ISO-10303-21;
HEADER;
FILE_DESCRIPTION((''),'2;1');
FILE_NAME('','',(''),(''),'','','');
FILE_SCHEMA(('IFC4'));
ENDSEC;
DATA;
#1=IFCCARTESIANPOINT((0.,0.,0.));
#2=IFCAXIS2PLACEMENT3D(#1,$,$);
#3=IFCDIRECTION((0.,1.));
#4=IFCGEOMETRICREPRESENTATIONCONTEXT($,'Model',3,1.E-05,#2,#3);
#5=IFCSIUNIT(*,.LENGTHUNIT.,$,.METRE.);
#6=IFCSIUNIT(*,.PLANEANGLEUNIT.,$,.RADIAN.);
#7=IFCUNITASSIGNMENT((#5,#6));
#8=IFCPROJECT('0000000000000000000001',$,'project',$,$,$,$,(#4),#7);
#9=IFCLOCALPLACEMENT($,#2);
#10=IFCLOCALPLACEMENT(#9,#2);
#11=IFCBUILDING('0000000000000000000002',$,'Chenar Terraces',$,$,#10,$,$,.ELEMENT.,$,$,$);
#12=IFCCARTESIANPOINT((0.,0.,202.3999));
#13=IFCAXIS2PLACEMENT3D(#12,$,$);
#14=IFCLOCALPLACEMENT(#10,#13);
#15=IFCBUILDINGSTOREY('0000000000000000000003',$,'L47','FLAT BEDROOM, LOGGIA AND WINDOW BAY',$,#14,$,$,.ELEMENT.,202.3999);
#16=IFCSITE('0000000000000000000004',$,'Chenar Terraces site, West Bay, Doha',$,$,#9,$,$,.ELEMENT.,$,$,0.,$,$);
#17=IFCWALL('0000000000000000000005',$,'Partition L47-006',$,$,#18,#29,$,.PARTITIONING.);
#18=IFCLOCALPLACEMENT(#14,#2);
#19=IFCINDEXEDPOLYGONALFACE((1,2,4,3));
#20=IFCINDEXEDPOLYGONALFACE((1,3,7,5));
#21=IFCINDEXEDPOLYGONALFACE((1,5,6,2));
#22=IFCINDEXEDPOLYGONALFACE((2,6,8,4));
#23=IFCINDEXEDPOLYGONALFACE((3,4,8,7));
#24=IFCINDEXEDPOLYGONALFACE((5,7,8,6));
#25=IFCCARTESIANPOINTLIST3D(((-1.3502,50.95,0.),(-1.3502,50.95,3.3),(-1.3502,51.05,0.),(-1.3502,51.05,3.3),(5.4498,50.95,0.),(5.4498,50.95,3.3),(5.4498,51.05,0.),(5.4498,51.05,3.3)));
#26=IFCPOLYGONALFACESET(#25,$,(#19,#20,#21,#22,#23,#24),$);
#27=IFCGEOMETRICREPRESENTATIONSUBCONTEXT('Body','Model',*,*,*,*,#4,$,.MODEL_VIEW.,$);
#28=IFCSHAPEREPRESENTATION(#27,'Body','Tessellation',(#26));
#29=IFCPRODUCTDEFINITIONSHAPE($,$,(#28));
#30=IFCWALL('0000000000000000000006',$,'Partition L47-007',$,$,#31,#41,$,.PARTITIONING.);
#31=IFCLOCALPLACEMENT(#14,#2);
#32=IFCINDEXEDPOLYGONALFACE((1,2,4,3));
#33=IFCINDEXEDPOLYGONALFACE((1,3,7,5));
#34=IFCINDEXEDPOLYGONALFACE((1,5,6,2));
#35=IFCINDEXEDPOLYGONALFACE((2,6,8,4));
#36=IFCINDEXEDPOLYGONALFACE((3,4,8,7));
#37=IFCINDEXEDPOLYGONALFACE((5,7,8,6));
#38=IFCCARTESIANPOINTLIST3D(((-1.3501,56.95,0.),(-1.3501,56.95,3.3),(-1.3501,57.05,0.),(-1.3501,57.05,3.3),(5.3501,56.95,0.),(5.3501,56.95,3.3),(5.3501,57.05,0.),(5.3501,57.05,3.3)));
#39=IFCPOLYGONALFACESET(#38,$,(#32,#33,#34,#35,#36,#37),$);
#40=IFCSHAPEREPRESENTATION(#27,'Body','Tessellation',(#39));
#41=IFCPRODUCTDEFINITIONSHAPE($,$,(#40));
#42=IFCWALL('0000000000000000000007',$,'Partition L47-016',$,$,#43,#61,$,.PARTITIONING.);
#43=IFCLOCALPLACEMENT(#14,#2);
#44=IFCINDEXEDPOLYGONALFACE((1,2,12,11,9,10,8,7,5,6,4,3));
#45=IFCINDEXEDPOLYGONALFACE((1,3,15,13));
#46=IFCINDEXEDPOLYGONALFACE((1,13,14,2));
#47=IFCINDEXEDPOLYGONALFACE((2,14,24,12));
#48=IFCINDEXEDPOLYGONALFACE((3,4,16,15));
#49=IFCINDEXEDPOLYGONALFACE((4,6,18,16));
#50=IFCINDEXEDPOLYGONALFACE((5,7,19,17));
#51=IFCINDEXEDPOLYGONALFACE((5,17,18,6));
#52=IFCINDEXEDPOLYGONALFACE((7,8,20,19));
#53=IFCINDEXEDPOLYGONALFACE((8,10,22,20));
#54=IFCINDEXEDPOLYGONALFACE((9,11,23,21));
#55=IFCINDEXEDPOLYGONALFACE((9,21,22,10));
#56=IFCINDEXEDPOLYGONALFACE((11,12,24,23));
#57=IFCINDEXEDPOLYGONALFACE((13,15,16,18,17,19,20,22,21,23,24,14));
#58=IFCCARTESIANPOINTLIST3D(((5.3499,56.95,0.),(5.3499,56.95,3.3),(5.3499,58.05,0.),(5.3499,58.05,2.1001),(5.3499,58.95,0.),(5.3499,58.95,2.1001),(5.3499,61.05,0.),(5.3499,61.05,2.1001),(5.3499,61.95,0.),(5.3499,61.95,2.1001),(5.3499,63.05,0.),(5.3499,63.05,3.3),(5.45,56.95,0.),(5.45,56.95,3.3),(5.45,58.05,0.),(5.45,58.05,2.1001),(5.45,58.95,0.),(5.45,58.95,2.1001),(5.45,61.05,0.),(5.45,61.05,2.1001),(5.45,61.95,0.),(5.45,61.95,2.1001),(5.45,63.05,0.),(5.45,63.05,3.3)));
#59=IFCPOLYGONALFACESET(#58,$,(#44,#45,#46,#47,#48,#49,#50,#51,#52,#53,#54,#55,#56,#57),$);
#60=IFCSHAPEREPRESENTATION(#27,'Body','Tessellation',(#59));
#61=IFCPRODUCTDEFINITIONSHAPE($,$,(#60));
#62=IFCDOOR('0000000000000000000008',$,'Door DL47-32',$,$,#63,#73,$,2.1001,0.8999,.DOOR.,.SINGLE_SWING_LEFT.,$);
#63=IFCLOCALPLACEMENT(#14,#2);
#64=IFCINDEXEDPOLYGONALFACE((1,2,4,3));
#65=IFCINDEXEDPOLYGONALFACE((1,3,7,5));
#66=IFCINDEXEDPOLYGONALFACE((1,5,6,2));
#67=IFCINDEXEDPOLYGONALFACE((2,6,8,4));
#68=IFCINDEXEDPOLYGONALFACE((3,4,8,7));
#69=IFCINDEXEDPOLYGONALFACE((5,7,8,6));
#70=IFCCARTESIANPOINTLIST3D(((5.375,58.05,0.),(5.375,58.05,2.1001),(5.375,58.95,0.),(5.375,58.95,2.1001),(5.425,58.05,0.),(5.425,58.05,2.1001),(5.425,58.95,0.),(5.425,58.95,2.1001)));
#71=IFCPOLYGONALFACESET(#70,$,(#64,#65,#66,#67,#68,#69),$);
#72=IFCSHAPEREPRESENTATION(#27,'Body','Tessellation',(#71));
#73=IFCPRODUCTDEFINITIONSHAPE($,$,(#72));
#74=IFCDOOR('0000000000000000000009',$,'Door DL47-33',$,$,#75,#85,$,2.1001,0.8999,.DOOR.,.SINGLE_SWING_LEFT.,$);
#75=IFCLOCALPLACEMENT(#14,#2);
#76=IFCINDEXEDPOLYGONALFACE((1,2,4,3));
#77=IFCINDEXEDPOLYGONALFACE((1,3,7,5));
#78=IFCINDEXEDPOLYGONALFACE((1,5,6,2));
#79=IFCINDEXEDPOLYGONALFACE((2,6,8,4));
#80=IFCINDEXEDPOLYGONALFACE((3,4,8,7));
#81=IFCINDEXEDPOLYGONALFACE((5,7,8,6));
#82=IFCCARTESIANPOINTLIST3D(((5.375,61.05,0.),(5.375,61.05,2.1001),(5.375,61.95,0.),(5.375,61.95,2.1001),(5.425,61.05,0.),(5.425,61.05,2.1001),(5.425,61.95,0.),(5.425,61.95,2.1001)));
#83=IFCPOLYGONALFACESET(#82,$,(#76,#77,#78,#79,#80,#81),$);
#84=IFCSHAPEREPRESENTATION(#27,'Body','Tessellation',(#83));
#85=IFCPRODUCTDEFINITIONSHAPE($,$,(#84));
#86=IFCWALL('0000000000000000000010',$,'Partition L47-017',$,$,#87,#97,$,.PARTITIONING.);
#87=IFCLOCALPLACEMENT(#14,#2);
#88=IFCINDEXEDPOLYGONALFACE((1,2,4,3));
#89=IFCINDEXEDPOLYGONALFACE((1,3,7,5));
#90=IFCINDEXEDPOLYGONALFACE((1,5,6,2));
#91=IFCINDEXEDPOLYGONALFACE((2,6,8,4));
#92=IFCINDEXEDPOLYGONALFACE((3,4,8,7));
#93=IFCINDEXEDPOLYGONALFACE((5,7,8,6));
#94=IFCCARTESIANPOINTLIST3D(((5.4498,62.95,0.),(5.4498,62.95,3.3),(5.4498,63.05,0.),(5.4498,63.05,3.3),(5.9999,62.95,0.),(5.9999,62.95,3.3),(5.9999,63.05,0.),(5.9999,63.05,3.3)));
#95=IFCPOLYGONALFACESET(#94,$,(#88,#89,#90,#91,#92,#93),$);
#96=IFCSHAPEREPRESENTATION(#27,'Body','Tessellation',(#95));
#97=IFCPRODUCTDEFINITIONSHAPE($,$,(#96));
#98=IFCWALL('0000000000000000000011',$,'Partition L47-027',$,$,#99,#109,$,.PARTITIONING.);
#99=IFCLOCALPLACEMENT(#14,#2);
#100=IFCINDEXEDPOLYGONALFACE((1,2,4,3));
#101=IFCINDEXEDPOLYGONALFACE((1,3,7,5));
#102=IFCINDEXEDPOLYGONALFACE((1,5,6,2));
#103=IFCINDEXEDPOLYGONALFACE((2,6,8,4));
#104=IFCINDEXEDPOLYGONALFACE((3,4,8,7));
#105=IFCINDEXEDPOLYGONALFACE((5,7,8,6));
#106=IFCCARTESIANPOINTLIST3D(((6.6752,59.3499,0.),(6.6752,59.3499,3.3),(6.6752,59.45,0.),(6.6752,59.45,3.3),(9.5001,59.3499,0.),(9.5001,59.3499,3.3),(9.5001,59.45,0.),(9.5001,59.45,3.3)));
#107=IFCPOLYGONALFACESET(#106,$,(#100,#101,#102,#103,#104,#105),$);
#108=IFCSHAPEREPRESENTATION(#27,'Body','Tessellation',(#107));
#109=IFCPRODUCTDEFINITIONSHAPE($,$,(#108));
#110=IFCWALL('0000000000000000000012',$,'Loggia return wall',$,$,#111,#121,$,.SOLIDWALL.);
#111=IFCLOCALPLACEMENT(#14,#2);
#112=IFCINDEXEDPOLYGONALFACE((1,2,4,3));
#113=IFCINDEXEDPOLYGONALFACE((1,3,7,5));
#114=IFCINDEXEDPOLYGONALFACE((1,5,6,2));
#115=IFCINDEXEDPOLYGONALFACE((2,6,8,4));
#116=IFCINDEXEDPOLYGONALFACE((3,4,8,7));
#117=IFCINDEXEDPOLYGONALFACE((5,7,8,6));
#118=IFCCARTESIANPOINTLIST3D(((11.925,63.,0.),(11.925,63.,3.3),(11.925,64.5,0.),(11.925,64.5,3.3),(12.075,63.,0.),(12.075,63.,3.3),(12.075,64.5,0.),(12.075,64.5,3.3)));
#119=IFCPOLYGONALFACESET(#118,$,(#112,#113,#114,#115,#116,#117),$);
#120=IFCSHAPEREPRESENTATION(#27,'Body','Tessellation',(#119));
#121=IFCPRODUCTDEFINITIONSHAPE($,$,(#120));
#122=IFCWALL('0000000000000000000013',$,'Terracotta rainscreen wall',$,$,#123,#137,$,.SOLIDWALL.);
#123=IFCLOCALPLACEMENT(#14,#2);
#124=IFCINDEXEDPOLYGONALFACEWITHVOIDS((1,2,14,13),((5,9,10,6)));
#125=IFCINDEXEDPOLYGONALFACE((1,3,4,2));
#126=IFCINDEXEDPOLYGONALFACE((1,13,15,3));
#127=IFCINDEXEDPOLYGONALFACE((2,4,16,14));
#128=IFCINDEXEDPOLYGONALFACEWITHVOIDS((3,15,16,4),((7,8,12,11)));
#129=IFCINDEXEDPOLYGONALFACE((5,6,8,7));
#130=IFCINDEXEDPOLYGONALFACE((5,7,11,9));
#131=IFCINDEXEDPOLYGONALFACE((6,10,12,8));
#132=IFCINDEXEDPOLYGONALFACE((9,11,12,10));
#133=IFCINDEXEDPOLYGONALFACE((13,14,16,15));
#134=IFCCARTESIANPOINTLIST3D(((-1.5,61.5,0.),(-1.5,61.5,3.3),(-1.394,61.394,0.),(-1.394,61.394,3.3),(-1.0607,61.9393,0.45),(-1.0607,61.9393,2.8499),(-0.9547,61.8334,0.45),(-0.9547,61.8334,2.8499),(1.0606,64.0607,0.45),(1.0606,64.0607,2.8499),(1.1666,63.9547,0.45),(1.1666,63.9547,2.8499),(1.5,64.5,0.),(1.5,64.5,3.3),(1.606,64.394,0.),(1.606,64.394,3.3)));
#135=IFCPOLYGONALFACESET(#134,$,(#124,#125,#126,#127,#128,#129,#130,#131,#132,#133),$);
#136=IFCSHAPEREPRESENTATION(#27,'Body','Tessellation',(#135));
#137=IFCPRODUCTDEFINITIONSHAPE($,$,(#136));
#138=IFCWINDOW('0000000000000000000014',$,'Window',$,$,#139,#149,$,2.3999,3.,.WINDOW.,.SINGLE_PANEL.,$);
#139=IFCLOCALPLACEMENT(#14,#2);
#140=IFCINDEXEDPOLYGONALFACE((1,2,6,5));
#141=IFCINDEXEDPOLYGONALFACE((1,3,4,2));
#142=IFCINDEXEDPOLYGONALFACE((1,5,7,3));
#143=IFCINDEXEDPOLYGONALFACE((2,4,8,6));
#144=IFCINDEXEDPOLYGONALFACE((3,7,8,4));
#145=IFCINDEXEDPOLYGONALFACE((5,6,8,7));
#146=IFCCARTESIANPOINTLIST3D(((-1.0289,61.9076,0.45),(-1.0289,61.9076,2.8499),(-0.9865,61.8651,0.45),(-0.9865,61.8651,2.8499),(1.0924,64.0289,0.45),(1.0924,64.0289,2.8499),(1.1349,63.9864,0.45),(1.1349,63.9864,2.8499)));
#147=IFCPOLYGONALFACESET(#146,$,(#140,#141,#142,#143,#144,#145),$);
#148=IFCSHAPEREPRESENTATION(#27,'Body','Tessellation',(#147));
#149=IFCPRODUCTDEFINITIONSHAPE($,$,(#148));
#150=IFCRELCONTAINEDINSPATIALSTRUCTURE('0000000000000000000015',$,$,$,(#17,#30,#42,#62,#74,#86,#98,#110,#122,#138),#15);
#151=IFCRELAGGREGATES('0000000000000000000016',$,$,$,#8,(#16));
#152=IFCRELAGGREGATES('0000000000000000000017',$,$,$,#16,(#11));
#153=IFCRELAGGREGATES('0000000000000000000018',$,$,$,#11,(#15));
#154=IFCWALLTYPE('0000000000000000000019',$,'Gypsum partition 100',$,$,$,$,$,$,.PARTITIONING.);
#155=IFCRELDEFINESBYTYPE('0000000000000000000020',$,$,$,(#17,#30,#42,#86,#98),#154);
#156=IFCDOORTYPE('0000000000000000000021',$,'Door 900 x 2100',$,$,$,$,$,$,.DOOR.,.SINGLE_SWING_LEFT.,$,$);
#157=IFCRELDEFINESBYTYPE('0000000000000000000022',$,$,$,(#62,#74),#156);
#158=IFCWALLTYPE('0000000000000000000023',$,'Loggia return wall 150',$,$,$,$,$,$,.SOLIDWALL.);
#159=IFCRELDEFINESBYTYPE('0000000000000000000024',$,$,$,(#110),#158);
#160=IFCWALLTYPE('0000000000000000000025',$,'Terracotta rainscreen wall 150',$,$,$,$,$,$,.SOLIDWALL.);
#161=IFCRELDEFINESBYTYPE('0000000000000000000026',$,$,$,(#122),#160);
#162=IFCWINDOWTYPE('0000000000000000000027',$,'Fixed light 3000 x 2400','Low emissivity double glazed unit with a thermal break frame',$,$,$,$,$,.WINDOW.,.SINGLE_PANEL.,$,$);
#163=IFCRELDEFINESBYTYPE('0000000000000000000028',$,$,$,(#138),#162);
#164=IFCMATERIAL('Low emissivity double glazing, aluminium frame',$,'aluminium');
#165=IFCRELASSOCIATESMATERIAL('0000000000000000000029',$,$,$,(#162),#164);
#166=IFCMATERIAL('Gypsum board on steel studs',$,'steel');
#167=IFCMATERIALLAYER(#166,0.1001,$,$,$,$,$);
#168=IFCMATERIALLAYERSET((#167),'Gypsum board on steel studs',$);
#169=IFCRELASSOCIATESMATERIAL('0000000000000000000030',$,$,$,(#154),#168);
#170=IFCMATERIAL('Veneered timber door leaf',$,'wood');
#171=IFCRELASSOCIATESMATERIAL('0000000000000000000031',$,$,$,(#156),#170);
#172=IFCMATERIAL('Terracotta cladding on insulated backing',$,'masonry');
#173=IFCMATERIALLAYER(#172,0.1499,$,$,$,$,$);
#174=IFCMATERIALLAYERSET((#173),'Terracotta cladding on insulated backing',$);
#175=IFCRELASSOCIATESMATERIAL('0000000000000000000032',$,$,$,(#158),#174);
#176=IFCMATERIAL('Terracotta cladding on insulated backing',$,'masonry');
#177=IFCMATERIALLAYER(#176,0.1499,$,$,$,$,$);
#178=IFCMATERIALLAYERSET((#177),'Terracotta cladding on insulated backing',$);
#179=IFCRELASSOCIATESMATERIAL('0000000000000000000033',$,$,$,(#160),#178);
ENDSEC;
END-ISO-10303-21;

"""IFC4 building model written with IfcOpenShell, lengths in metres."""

from ifc_helpers import new_model, si_unit, direction, frame, frame_2d, origin, place, context, subcontext, project, spatial, rectangle, extrude, material, layer, layer_set, type_object, element, fill, save


model = new_model("IFC4")

# Units and contexts
model_context = context("Model", 3, precision=1e-05, world=origin(), true_north=direction((0.0, 1.0)))
body_context = subcontext(model_context, "Body", "Model", "MODEL_VIEW")
ifc_project = project(units=[si_unit("LENGTHUNIT", "METRE"), si_unit("PLANEANGLEUNIT", "RADIAN")], contexts=[model_context])

# Site, building, storey
site_placement = place(None, origin())
site = spatial("IfcSite", under=ifc_project, at=site_placement, Name="Chenar Terraces site, West Bay, Doha", CompositionType="ELEMENT", RefElevation=0.0)
building_placement = place(site_placement, origin())
building = spatial("IfcBuilding", under=site, at=building_placement, Name="Chenar Terraces", CompositionType="ELEMENT")
storey_placement = place(building_placement, frame((0.0, 0.0, 202.3999)))
storey = spatial("IfcBuildingStorey", under=building, at=storey_placement, Name="L47", Description="FLAT BEDROOM, LOGGIA AND WINDOW BAY", CompositionType="ELEMENT", Elevation=202.3999)

# Shared definitions
ifc_material_1 = material(Name="Low emissivity double glazing, aluminium frame", Category="aluminium")
window_type_1 = type_object("IfcWindowType", Name="Fixed light 3000 x 2400", Description="Low emissivity double glazed unit with a thermal break frame", PartitioningType="SINGLE_PANEL", PredefinedType="WINDOW", material=ifc_material_1)

# Walls
ifc_material_2 = material(Name="Gypsum board on steel studs", Category="steel")
ifc_layer_1 = layer(ifc_material_2, 0.1001)
ifc_layer_set_1 = layer_set([ifc_layer_1], Name="Gypsum board on steel studs")
wall_type_1 = type_object("IfcWallType", Name="Gypsum partition 100", PredefinedType="PARTITIONING", material=ifc_layer_set_1)
wall_1_placement = place(storey_placement, frame((-1.3501, 51.0, 0.0), z_axis=(0.0, 0.0, 1.0), x_axis=(1.0, 0.0, 0.0)))
element("IfcWall", 1, at=wall_1_placement, inside=storey, type_object=wall_type_1, Name="Partition L47-006", PredefinedType="PARTITIONING", context=body_context, shape_type="SweptSolid", body=[
    extrude(rectangle(XDim=6.8, YDim=0.1001, at=frame_2d((3.3999, 0.0))), origin(), (0.0, 0.0, 1.0), 3.3),
])
wall_2_placement = place(storey_placement, frame((-1.3501, 57.0, 0.0), z_axis=(0.0, 0.0, 1.0), x_axis=(1.0, 0.0, 0.0)))
element("IfcWall", 2, at=wall_2_placement, inside=storey, type_object=wall_type_1, Name="Partition L47-007", PredefinedType="PARTITIONING", context=body_context, shape_type="SweptSolid", body=[
    extrude(rectangle(XDim=6.7002, YDim=0.1001, at=frame_2d((3.3501, 0.0))), origin(), (0.0, 0.0, 1.0), 3.3),
])

# Wall, openings, doors
wall_3_placement = place(storey_placement, frame((5.3999, 56.95, 0.0), z_axis=(0.0, 0.0, 1.0), x_axis=(0.0, 1.0, 0.0)))
wall_3 = element("IfcWall", 3, at=wall_3_placement, inside=storey, type_object=wall_type_1, Name="Partition L47-016", PredefinedType="PARTITIONING", context=body_context, shape_type="SweptSolid", body=[
    extrude(rectangle(XDim=6.1001, YDim=0.1001, at=frame_2d((3.05, 0.0))), origin(), (0.0, 0.0, 1.0), 3.3),
])
opening_1_placement = place(wall_3_placement, frame((1.1001, 0.0, 0.0)))
opening_1 = element("IfcOpeningElement", 4, at=opening_1_placement, cuts=wall_3, PredefinedType="OPENING", context=body_context, shape_type="SweptSolid", body=[
    extrude(rectangle(XDim=0.8999, YDim=2.1001, at=frame_2d((0.45, 1.05))), frame((0.0, 0.0601, 0.0), z_axis=(0.0, -1.0, 0.0), x_axis=(1.0, 0.0, 0.0)), (0.0, 0.0, 1.0), 0.1201),
])
opening_2_placement = place(wall_3_placement, frame((4.1001, 0.0, 0.0)))
opening_2 = element("IfcOpeningElement", 5, at=opening_2_placement, cuts=wall_3, PredefinedType="OPENING", context=body_context, shape_type="SweptSolid", body=[
    extrude(rectangle(XDim=0.8999, YDim=2.1001, at=frame_2d((0.45, 1.05))), frame((0.0, 0.0601, 0.0), z_axis=(0.0, -1.0, 0.0), x_axis=(1.0, 0.0, 0.0)), (0.0, 0.0, 1.0), 0.1201),
])
ifc_material_3 = material(Name="Veneered timber door leaf", Category="wood")
door_type_1 = type_object("IfcDoorType", Name="Door 900 x 2100", OperationType="SINGLE_SWING_LEFT", PredefinedType="DOOR", material=ifc_material_3)
door_1_placement = place(opening_1_placement, origin())
door_1 = element("IfcDoor", 6, at=door_1_placement, inside=storey, type_object=door_type_1, Name="Door DL47-32", OperationType="SINGLE_SWING_LEFT", OverallHeight=2.1001, OverallWidth=0.8999, PredefinedType="DOOR", context=body_context, shape_type="SweptSolid", body=[
    extrude(rectangle(XDim=0.8999, YDim=2.1001, at=frame_2d((0.45, 1.05))), frame((0.0, 0.0249, 0.0), z_axis=(0.0, -1.0, 0.0), x_axis=(1.0, 0.0, 0.0)), (0.0, 0.0, 1.0), 0.05),
])
fill(opening_1, door_1)
door_2_placement = place(opening_2_placement, origin())
door_2 = element("IfcDoor", 7, at=door_2_placement, inside=storey, type_object=door_type_1, Name="Door DL47-33", OperationType="SINGLE_SWING_LEFT", OverallHeight=2.1001, OverallWidth=0.8999, PredefinedType="DOOR", context=body_context, shape_type="SweptSolid", body=[
    extrude(rectangle(XDim=0.8999, YDim=2.1001, at=frame_2d((0.45, 1.05))), frame((0.0, 0.0249, 0.0), z_axis=(0.0, -1.0, 0.0), x_axis=(1.0, 0.0, 0.0)), (0.0, 0.0, 1.0), 0.05),
])
fill(opening_2, door_2)

# Walls
wall_4_placement = place(storey_placement, frame((5.45, 63.0, 0.0), z_axis=(0.0, 0.0, 1.0), x_axis=(1.0, 0.0, 0.0)))
element("IfcWall", 8, at=wall_4_placement, inside=storey, type_object=wall_type_1, Name="Partition L47-017", PredefinedType="PARTITIONING", context=body_context, shape_type="SweptSolid", body=[
    extrude(rectangle(XDim=0.55, YDim=0.1001, at=frame_2d((0.2749, 0.0))), origin(), (0.0, 0.0, 1.0), 3.3),
])
wall_5_placement = place(storey_placement, frame((6.675, 59.3999, 0.0), z_axis=(0.0, 0.0, 1.0), x_axis=(1.0, 0.0, 0.0)))
element("IfcWall", 9, at=wall_5_placement, inside=storey, type_object=wall_type_1, Name="Partition L47-027", PredefinedType="PARTITIONING", context=body_context, shape_type="SweptSolid", body=[
    extrude(rectangle(XDim=2.825, YDim=0.1001, at=frame_2d((1.4126, 0.0))), origin(), (0.0, 0.0, 1.0), 3.3),
])
ifc_material_4 = material(Name="Terracotta cladding on insulated backing", Category="masonry")
ifc_layer_2 = layer(ifc_material_4, 0.1499)
ifc_layer_set_2 = layer_set([ifc_layer_2], Name="Terracotta cladding on insulated backing")
wall_type_2 = type_object("IfcWallType", Name="Loggia return wall 150", PredefinedType="SOLIDWALL", material=ifc_layer_set_2)
wall_6_placement = place(storey_placement, frame((12.0, 64.5, 0.0), z_axis=(0.0, 0.0, 1.0), x_axis=(0.0, -1.0, 0.0)))
element("IfcWall", 10, at=wall_6_placement, inside=storey, type_object=wall_type_2, Name="Loggia return wall", PredefinedType="SOLIDWALL", context=body_context, shape_type="SweptSolid", body=[
    extrude(rectangle(XDim=1.5, YDim=0.1499, at=frame_2d((0.75, 0.0))), origin(), (0.0, 0.0, 1.0), 3.3),
])

# Wall, opening, window
ifc_material_5 = material(Name="Terracotta cladding on insulated backing", Category="masonry")
ifc_layer_3 = layer(ifc_material_5, 0.1499)
ifc_layer_set_3 = layer_set([ifc_layer_3], Name="Terracotta cladding on insulated backing")
wall_type_3 = type_object("IfcWallType", Name="Terracotta rainscreen wall 150", PredefinedType="SOLIDWALL", material=ifc_layer_set_3)
wall_7_placement = place(storey_placement, frame((1.553, 64.447, 0.0), z_axis=(0.0, 0.0, 1.0), x_axis=(-0.707107, -0.707107, 0.0)))
wall_7 = element("IfcWall", 11, at=wall_7_placement, inside=storey, type_object=wall_type_3, Name="Terracotta rainscreen wall", PredefinedType="SOLIDWALL", context=body_context, shape_type="SweptSolid", body=[
    extrude(rectangle(XDim=4.2427, YDim=0.1499, at=frame_2d((2.1213, 0.0))), origin(), (0.0, 0.0, 1.0), 3.3),
])
opening_3_placement = place(wall_7_placement, frame((0.6213, 0.0, 0.45)))
opening_3 = element("IfcOpeningElement", 12, at=opening_3_placement, cuts=wall_7, PredefinedType="OPENING", context=body_context, shape_type="SweptSolid", body=[
    extrude(rectangle(XDim=3.0, YDim=2.3999, at=frame_2d((1.5, 1.2))), frame((0.0, 0.085, 0.0), z_axis=(0.0, -1.0, 0.0), x_axis=(1.0, 0.0, 0.0)), (0.0, 0.0, 1.0), 0.1699),
])
window_1_placement = place(opening_3_placement, origin())
window_1 = element("IfcWindow", 13, at=window_1_placement, inside=storey, type_object=window_type_1, Name="Window", OverallHeight=2.3999, OverallWidth=3.0, PartitioningType="SINGLE_PANEL", PredefinedType="WINDOW", context=body_context, shape_type="SweptSolid", body=[
    extrude(rectangle(XDim=3.0, YDim=2.3999, at=frame_2d((1.5, 1.2))), frame((0.0, 0.03, 0.0), z_axis=(0.0, -1.0, 0.0), x_axis=(1.0, 0.0, 0.0)), (0.0, 0.0, 1.0), 0.0601),
])
fill(opening_3, window_1)

save(model, "model.ifc")
